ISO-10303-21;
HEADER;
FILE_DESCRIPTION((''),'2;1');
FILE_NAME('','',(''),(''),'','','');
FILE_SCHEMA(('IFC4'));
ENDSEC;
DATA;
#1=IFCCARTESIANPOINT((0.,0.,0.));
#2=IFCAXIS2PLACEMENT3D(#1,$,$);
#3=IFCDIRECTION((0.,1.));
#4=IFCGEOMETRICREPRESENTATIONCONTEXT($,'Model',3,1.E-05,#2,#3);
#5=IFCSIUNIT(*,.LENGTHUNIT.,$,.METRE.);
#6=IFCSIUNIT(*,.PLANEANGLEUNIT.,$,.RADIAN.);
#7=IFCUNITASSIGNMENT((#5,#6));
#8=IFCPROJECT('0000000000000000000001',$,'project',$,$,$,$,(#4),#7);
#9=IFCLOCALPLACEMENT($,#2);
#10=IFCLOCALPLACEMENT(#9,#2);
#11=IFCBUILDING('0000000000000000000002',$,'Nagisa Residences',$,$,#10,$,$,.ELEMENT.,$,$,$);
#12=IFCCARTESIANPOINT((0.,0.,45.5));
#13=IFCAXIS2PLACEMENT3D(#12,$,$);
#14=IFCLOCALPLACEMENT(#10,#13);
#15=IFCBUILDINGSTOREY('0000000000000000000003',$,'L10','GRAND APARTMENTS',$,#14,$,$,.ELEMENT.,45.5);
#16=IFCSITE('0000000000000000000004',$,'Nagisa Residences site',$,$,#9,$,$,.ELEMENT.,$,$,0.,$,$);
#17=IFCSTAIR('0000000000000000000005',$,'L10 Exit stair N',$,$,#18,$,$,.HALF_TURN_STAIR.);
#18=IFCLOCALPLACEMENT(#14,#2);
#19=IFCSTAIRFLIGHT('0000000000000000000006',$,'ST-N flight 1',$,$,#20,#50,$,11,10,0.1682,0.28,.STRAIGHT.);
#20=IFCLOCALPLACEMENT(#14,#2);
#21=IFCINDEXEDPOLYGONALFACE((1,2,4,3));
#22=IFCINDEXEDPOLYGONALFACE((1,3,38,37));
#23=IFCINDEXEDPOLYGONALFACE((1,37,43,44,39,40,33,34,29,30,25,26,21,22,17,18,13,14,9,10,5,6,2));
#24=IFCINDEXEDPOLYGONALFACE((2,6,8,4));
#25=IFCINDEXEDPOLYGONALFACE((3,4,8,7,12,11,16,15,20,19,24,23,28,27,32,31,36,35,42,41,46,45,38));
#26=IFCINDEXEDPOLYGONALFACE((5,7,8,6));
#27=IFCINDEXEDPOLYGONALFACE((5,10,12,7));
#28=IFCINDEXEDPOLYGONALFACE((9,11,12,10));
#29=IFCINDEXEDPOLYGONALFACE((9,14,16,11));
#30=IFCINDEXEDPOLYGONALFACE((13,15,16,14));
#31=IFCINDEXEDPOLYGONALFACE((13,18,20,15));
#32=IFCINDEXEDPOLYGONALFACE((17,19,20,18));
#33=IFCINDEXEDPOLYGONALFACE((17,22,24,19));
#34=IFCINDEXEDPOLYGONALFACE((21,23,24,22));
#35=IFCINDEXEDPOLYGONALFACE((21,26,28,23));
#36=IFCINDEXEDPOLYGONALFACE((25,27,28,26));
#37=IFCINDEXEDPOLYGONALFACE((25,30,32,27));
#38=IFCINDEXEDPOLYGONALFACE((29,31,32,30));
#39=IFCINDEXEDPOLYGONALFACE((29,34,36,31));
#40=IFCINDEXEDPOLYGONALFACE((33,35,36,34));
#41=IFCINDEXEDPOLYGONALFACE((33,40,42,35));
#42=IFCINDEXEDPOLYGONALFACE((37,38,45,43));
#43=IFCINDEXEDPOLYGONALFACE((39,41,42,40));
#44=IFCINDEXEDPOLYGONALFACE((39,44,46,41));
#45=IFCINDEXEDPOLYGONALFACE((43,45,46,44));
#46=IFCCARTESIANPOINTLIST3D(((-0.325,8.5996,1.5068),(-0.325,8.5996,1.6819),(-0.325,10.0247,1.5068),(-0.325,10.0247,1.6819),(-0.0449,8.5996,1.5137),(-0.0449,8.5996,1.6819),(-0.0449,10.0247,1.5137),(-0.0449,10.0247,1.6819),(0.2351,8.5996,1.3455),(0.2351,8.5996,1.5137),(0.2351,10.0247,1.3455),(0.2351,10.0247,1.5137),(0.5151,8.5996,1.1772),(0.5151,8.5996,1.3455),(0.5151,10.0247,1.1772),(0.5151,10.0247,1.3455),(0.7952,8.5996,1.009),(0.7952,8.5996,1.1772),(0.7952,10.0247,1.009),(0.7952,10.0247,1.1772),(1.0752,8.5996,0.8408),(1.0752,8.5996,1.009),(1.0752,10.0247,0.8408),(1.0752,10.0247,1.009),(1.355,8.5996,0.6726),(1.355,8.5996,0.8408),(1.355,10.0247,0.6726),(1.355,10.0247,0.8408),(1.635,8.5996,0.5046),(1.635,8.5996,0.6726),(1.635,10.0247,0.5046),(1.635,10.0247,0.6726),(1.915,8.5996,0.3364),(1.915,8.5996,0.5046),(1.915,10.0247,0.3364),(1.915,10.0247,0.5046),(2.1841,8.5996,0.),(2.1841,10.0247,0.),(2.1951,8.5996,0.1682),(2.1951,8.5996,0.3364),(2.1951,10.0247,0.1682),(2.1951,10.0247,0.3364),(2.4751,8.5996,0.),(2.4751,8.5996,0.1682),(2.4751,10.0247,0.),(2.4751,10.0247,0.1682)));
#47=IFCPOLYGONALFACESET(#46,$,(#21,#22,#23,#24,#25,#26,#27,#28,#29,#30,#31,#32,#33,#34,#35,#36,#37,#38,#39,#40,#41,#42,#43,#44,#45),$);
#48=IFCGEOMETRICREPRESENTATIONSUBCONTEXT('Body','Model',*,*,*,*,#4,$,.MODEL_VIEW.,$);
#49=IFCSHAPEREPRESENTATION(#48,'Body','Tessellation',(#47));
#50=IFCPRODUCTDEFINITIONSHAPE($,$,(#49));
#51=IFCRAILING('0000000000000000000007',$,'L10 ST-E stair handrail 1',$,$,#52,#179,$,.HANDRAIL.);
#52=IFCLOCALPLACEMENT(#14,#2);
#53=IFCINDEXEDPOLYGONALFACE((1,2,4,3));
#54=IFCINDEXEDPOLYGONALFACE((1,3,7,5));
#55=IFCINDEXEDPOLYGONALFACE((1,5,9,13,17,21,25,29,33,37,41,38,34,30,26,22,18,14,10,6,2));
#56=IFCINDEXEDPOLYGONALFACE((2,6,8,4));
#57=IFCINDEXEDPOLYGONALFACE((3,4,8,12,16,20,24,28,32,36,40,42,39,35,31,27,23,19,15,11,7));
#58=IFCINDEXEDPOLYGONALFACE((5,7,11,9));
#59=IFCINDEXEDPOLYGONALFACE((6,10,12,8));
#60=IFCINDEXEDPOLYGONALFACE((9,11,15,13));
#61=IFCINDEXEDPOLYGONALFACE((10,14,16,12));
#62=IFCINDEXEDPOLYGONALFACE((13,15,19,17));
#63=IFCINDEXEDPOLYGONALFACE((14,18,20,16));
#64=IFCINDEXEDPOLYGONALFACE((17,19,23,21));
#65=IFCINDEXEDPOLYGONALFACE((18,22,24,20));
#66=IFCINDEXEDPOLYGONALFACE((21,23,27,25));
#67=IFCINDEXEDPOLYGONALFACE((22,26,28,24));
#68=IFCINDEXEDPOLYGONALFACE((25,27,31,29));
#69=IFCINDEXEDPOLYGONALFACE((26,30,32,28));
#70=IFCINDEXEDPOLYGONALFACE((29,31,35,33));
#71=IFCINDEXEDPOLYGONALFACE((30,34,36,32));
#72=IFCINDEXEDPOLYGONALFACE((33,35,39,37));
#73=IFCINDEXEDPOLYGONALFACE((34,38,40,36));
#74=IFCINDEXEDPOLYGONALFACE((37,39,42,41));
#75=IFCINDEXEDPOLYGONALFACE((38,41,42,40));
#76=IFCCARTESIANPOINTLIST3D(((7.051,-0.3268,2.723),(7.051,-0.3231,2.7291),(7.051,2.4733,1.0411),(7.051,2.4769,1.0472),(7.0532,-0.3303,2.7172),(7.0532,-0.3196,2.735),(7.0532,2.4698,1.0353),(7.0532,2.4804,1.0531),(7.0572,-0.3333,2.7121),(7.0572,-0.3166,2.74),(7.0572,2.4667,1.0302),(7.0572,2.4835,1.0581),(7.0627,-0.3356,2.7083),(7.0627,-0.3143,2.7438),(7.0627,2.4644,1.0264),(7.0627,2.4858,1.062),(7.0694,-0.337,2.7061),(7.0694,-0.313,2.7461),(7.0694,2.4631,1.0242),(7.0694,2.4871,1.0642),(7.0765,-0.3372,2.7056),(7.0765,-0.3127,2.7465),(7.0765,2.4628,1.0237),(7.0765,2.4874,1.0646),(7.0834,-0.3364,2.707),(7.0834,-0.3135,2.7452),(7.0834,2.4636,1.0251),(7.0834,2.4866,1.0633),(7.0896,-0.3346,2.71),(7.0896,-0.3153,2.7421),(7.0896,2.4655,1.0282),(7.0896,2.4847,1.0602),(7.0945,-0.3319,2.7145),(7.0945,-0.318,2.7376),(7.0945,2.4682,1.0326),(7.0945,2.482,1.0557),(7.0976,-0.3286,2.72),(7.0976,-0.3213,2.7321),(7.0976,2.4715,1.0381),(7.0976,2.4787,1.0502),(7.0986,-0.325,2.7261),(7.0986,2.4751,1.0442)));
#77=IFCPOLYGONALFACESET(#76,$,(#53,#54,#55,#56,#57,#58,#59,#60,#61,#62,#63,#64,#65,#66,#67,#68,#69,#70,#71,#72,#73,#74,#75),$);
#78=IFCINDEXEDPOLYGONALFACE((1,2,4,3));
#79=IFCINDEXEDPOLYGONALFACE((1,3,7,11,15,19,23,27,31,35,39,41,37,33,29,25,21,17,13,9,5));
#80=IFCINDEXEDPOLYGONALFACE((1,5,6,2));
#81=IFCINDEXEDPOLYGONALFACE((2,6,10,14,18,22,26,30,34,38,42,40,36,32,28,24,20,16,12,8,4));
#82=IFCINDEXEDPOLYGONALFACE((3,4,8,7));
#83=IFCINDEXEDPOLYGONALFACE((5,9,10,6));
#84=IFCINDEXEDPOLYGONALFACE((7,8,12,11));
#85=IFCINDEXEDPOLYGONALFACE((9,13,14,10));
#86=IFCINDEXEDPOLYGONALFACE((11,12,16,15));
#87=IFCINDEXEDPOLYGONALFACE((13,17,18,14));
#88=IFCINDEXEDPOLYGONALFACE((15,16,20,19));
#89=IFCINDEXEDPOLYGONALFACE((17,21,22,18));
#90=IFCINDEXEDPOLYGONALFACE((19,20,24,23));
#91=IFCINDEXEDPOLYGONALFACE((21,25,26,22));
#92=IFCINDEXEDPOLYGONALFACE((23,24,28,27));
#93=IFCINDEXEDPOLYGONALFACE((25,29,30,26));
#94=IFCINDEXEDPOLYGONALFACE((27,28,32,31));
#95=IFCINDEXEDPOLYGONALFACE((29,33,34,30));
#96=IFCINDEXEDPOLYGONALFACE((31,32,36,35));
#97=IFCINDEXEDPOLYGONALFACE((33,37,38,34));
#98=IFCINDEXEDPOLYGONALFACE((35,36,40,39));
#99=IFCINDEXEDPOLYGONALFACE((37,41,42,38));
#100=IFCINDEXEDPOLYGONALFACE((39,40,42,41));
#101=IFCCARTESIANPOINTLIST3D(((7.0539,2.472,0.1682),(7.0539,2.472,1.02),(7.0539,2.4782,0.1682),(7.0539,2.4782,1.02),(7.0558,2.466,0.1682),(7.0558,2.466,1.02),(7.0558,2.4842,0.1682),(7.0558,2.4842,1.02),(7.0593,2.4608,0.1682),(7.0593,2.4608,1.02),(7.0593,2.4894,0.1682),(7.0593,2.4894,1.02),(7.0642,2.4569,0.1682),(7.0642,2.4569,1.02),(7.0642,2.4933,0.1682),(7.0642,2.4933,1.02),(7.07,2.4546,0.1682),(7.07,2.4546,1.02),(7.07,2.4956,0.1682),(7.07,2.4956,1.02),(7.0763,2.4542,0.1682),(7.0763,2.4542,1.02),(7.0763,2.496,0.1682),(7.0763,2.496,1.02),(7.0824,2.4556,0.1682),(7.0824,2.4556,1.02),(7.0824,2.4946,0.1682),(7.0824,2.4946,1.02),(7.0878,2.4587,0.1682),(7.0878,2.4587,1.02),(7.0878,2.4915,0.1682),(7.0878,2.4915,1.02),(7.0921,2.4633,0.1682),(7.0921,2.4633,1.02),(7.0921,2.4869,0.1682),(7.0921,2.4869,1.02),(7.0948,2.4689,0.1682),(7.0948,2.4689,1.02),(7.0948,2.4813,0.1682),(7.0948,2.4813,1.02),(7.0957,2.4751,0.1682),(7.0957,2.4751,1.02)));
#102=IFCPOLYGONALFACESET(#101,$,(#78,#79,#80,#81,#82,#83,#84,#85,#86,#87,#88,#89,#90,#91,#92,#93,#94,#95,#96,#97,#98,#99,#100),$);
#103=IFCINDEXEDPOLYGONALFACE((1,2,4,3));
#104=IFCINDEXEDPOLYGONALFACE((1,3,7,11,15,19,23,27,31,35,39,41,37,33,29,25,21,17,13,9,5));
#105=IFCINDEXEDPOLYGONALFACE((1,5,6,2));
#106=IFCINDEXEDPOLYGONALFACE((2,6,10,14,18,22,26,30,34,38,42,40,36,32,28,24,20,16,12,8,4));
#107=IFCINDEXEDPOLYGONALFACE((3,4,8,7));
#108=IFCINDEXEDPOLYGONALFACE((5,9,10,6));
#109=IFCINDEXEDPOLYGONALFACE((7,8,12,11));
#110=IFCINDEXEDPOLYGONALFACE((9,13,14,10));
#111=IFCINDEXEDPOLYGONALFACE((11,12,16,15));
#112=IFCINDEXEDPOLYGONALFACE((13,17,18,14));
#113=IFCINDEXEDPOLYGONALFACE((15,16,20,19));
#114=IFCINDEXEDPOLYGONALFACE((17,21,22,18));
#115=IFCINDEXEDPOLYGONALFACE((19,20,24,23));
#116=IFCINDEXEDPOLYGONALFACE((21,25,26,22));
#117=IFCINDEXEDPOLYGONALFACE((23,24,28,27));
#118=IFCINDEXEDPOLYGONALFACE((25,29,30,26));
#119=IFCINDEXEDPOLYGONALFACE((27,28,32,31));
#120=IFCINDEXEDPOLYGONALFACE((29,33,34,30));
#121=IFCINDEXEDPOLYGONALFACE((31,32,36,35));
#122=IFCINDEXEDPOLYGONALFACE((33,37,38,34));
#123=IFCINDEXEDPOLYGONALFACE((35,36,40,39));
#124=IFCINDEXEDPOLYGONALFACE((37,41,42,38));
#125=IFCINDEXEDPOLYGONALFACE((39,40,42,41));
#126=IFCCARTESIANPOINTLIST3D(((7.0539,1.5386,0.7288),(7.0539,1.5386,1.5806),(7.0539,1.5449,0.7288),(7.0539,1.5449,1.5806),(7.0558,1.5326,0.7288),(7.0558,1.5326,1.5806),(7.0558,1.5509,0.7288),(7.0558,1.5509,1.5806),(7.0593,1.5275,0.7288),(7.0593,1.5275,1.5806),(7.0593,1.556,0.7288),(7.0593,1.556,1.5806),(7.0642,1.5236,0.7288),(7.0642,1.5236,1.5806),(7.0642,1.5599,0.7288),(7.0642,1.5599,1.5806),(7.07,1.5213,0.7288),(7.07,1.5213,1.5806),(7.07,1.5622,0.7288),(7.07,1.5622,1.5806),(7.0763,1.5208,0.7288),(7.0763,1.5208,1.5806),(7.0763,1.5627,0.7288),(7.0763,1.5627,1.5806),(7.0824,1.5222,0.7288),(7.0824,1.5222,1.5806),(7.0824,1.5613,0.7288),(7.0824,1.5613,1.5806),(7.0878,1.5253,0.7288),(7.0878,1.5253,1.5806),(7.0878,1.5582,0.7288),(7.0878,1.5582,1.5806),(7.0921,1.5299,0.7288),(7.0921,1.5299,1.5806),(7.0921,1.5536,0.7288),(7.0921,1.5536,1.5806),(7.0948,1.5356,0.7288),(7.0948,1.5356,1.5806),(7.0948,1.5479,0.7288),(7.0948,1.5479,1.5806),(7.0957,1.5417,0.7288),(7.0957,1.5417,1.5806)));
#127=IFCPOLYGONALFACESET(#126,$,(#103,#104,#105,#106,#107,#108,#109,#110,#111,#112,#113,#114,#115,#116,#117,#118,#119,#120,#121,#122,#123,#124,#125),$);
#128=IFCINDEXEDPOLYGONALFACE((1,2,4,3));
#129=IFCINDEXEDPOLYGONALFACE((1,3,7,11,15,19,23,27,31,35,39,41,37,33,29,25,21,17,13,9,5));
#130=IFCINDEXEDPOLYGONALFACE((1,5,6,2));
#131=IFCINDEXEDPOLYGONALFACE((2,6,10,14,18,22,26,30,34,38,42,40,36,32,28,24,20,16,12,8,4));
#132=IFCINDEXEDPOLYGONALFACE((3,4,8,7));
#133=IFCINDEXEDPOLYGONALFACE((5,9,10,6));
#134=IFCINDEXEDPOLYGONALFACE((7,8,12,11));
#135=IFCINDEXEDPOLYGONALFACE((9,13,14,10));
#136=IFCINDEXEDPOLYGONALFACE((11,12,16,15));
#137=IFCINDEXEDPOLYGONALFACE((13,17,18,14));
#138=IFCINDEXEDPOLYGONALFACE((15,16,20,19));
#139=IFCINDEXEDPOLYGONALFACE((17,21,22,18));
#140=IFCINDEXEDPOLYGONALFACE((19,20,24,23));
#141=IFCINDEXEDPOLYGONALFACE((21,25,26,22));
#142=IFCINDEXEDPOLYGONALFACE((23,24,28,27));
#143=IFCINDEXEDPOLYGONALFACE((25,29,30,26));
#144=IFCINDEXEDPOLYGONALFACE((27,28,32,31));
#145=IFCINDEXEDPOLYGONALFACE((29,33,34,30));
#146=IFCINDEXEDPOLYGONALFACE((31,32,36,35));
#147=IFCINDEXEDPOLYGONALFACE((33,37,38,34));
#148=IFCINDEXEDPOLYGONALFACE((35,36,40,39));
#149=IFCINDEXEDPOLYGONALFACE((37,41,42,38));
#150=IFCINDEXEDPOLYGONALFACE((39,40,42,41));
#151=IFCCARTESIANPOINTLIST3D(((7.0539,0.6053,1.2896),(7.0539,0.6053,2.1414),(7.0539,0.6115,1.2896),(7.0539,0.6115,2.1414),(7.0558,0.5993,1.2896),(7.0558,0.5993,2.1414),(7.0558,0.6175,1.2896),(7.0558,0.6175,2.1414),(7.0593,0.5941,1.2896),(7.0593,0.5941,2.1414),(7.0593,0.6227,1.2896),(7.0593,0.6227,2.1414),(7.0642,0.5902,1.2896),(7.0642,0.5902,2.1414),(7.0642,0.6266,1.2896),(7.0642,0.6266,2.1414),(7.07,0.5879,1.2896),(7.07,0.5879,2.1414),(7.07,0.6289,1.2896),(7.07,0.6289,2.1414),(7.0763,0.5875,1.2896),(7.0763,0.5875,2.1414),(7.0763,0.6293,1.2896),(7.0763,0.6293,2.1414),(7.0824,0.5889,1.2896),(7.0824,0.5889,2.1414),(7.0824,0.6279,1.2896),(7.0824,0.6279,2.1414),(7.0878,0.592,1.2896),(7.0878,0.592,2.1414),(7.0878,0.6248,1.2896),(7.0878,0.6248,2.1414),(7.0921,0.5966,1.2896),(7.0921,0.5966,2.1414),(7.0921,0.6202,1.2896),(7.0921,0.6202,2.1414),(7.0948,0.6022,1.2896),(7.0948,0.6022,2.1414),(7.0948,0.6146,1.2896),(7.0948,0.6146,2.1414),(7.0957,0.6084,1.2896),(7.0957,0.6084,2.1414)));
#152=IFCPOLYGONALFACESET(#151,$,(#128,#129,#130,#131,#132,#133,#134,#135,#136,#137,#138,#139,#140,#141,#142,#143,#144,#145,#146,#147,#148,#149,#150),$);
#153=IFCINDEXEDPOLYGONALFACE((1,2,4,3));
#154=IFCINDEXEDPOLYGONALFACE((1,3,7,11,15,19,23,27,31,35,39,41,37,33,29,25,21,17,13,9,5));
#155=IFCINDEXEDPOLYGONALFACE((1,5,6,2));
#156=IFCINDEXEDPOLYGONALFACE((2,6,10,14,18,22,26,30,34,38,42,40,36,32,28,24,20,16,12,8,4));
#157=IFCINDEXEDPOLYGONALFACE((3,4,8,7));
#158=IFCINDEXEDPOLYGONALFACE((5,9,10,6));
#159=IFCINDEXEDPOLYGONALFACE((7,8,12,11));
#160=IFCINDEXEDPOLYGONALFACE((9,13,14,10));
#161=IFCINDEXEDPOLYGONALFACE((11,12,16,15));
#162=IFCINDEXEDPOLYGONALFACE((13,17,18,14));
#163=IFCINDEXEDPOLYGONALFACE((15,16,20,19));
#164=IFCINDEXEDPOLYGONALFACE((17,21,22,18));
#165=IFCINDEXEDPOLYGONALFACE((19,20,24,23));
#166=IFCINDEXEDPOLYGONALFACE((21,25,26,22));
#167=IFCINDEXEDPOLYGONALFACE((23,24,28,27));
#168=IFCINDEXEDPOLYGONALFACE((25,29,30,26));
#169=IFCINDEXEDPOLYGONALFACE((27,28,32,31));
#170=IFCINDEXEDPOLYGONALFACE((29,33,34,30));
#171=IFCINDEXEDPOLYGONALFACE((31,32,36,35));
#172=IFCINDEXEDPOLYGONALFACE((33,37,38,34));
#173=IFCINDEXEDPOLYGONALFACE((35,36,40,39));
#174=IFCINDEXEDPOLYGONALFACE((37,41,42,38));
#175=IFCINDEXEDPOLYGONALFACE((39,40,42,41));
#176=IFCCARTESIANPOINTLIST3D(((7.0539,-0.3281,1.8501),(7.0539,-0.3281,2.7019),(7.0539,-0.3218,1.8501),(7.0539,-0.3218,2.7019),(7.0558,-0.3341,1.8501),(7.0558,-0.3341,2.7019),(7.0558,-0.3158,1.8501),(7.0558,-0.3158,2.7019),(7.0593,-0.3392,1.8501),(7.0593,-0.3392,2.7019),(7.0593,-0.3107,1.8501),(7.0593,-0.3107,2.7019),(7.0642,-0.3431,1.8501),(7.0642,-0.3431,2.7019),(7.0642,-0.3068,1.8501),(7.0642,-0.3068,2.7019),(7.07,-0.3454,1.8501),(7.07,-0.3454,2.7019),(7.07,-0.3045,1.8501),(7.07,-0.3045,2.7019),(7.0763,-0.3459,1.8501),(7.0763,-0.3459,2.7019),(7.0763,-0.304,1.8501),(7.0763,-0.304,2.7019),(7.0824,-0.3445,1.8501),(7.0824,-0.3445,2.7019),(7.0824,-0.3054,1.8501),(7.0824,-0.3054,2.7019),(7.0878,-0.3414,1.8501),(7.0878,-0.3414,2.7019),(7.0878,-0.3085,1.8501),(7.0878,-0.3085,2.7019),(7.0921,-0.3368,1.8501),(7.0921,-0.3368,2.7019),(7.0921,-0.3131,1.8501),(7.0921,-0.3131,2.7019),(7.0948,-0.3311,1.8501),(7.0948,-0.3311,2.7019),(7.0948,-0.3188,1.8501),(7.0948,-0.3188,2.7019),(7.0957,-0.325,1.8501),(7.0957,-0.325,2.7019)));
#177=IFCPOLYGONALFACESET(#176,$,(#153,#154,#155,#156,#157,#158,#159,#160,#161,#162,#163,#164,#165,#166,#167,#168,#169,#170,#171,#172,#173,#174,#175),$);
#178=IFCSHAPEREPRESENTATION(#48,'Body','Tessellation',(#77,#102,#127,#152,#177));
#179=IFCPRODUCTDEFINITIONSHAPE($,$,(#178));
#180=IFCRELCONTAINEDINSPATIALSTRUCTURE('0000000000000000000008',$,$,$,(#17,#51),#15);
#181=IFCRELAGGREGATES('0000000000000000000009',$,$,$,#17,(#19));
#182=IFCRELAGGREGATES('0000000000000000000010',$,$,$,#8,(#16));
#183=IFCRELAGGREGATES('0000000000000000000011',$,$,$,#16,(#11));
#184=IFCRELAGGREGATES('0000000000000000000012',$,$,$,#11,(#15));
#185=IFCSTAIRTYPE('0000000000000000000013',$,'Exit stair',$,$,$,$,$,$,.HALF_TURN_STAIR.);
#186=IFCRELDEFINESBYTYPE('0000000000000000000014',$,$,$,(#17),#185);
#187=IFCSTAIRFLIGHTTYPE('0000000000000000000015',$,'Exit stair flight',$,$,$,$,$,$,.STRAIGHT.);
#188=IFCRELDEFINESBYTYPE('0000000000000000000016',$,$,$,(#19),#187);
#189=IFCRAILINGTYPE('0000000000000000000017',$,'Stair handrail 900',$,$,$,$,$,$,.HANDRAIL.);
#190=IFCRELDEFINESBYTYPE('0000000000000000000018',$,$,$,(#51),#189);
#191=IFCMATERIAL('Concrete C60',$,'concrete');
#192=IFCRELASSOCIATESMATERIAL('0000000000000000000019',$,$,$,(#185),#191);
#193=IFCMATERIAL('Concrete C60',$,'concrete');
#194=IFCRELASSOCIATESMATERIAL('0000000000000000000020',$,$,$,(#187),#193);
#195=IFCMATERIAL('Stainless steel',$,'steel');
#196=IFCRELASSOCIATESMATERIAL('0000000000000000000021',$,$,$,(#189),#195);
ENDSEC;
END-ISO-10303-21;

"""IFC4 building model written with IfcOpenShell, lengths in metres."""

from ifc_helpers import new_model, si_unit, direction, frame, origin, origin_2d, place, context, subcontext, project, spatial, polyline, circle, outline, extrude, material, type_object, element, aggregate, save


model = new_model("IFC4")

# Units and contexts
model_context = context("Model", 3, precision=1e-05, world=origin(), true_north=direction((0.0, 1.0)))
body_context = subcontext(model_context, "Body", "Model", "MODEL_VIEW")
ifc_project = project(units=[si_unit("LENGTHUNIT", "METRE"), si_unit("PLANEANGLEUNIT", "RADIAN")], contexts=[model_context])

# Site, building, storey
site_placement = place(None, origin())
site = spatial("IfcSite", under=ifc_project, at=site_placement, Name="Nagisa Residences site", CompositionType="ELEMENT", RefElevation=0.0)
building_placement = place(site_placement, origin())
building = spatial("IfcBuilding", under=site, at=building_placement, Name="Nagisa Residences", CompositionType="ELEMENT")
storey_placement = place(building_placement, frame((0.0, 0.0, 45.5)))
storey = spatial("IfcBuildingStorey", under=building, at=storey_placement, Name="L10", Description="GRAND APARTMENTS", CompositionType="ELEMENT", Elevation=45.5)

# Stair
ifc_material_1 = material(Name="Concrete C60", Category="concrete")
stair_type = type_object("IfcStairType", Name="Exit stair", PredefinedType="HALF_TURN_STAIR", material=ifc_material_1)
stair_1_placement = place(storey_placement, origin())
stair_1 = element("IfcStair", 1, at=stair_1_placement, inside=storey, type_object=stair_type, Name="L10 Exit stair N", PredefinedType="HALF_TURN_STAIR")

# Shared definitions
ifc_material_2 = material(Name="Concrete C60", Category="concrete")
stair_flight_type = type_object("IfcStairFlightType", Name="Exit stair flight", PredefinedType="STRAIGHT", material=ifc_material_2)

# Stair flight
stair_flight_1_placement = place(storey_placement, frame((2.4751, 9.312, 0.0), z_axis=(0.0, 0.0, 1.0), x_axis=(-1.0, 0.0, 0.0)))
stair_flight_1 = element("IfcStairFlight", 2, at=stair_flight_1_placement, type_object=stair_flight_type, Name="ST-N flight 1", NumberOfRisers=11, NumberOfTreads=10, PredefinedType="STRAIGHT", RiserHeight=0.1682, TreadLength=0.28, context=body_context, shape_type="SweptSolid", body=[
    extrude(outline(polyline([(0.0, 0.0), (0.0, 0.1682), (0.28, 0.1682), (0.28, 0.3364), (0.5601, 0.3364), (0.5601, 0.5046), (0.8401, 0.5046), (0.8401, 0.6726), (1.1201, 0.6726), (1.1201, 0.8408), (1.3999, 0.8408), (1.3999, 1.009), (1.6799, 1.009), (1.6799, 1.1772), (1.96, 1.1772), (1.96, 1.3455), (2.24, 1.3455), (2.24, 1.5137), (2.52, 1.5137), (2.52, 1.6819), (2.8, 1.6819), (2.8, 1.8501), (2.8, 1.5068), (0.291, 0.0), (0.0, 0.0)])), frame((0.0, 0.7124, 0.0), z_axis=(0.0, -1.0, 0.0), x_axis=(1.0, 0.0, 0.0)), (0.0, 0.0, 1.0), 1.425),
])
aggregate(stair_1, [stair_flight_1])

# Railing
ifc_material_3 = material(Name="Stainless steel", Category="steel")
railing_type_1 = type_object("IfcRailingType", Name="Stair handrail 900", PredefinedType="HANDRAIL", material=ifc_material_3)
railing_1_placement = place(storey_placement, frame((7.0747, 2.4751, 0.1682)))
element("IfcRailing", 3, at=railing_1_placement, inside=storey, type_object=railing_type_1, Name="L10 ST-E stair handrail 1", PredefinedType="HANDRAIL", context=body_context, shape_type="SweptSolid", body=[
    extrude(circle(Radius=0.0239, at=origin_2d()), frame((0.0, 0.0, 0.876), z_axis=(0.0, -0.857242, 0.514913), x_axis=(1.0, 0.0, 0.0)), (0.0, 0.0, 1.0), 3.2664),
    extrude(circle(Radius=0.021, at=origin_2d()), origin(), (0.0, 0.0, 1.0), 0.8518),
    extrude(circle(Radius=0.021, at=origin_2d()), frame((0.0, -0.9333, 0.5605)), (0.0, 0.0, 1.0), 0.8518),
    extrude(circle(Radius=0.021, at=origin_2d()), frame((0.0, -1.8667, 1.1213)), (0.0, 0.0, 1.0), 0.8518),
    extrude(circle(Radius=0.021, at=origin_2d()), frame((0.0, -2.8, 1.6819)), (0.0, 0.0, 1.0), 0.8518),
])

save(model, "model.ifc")
